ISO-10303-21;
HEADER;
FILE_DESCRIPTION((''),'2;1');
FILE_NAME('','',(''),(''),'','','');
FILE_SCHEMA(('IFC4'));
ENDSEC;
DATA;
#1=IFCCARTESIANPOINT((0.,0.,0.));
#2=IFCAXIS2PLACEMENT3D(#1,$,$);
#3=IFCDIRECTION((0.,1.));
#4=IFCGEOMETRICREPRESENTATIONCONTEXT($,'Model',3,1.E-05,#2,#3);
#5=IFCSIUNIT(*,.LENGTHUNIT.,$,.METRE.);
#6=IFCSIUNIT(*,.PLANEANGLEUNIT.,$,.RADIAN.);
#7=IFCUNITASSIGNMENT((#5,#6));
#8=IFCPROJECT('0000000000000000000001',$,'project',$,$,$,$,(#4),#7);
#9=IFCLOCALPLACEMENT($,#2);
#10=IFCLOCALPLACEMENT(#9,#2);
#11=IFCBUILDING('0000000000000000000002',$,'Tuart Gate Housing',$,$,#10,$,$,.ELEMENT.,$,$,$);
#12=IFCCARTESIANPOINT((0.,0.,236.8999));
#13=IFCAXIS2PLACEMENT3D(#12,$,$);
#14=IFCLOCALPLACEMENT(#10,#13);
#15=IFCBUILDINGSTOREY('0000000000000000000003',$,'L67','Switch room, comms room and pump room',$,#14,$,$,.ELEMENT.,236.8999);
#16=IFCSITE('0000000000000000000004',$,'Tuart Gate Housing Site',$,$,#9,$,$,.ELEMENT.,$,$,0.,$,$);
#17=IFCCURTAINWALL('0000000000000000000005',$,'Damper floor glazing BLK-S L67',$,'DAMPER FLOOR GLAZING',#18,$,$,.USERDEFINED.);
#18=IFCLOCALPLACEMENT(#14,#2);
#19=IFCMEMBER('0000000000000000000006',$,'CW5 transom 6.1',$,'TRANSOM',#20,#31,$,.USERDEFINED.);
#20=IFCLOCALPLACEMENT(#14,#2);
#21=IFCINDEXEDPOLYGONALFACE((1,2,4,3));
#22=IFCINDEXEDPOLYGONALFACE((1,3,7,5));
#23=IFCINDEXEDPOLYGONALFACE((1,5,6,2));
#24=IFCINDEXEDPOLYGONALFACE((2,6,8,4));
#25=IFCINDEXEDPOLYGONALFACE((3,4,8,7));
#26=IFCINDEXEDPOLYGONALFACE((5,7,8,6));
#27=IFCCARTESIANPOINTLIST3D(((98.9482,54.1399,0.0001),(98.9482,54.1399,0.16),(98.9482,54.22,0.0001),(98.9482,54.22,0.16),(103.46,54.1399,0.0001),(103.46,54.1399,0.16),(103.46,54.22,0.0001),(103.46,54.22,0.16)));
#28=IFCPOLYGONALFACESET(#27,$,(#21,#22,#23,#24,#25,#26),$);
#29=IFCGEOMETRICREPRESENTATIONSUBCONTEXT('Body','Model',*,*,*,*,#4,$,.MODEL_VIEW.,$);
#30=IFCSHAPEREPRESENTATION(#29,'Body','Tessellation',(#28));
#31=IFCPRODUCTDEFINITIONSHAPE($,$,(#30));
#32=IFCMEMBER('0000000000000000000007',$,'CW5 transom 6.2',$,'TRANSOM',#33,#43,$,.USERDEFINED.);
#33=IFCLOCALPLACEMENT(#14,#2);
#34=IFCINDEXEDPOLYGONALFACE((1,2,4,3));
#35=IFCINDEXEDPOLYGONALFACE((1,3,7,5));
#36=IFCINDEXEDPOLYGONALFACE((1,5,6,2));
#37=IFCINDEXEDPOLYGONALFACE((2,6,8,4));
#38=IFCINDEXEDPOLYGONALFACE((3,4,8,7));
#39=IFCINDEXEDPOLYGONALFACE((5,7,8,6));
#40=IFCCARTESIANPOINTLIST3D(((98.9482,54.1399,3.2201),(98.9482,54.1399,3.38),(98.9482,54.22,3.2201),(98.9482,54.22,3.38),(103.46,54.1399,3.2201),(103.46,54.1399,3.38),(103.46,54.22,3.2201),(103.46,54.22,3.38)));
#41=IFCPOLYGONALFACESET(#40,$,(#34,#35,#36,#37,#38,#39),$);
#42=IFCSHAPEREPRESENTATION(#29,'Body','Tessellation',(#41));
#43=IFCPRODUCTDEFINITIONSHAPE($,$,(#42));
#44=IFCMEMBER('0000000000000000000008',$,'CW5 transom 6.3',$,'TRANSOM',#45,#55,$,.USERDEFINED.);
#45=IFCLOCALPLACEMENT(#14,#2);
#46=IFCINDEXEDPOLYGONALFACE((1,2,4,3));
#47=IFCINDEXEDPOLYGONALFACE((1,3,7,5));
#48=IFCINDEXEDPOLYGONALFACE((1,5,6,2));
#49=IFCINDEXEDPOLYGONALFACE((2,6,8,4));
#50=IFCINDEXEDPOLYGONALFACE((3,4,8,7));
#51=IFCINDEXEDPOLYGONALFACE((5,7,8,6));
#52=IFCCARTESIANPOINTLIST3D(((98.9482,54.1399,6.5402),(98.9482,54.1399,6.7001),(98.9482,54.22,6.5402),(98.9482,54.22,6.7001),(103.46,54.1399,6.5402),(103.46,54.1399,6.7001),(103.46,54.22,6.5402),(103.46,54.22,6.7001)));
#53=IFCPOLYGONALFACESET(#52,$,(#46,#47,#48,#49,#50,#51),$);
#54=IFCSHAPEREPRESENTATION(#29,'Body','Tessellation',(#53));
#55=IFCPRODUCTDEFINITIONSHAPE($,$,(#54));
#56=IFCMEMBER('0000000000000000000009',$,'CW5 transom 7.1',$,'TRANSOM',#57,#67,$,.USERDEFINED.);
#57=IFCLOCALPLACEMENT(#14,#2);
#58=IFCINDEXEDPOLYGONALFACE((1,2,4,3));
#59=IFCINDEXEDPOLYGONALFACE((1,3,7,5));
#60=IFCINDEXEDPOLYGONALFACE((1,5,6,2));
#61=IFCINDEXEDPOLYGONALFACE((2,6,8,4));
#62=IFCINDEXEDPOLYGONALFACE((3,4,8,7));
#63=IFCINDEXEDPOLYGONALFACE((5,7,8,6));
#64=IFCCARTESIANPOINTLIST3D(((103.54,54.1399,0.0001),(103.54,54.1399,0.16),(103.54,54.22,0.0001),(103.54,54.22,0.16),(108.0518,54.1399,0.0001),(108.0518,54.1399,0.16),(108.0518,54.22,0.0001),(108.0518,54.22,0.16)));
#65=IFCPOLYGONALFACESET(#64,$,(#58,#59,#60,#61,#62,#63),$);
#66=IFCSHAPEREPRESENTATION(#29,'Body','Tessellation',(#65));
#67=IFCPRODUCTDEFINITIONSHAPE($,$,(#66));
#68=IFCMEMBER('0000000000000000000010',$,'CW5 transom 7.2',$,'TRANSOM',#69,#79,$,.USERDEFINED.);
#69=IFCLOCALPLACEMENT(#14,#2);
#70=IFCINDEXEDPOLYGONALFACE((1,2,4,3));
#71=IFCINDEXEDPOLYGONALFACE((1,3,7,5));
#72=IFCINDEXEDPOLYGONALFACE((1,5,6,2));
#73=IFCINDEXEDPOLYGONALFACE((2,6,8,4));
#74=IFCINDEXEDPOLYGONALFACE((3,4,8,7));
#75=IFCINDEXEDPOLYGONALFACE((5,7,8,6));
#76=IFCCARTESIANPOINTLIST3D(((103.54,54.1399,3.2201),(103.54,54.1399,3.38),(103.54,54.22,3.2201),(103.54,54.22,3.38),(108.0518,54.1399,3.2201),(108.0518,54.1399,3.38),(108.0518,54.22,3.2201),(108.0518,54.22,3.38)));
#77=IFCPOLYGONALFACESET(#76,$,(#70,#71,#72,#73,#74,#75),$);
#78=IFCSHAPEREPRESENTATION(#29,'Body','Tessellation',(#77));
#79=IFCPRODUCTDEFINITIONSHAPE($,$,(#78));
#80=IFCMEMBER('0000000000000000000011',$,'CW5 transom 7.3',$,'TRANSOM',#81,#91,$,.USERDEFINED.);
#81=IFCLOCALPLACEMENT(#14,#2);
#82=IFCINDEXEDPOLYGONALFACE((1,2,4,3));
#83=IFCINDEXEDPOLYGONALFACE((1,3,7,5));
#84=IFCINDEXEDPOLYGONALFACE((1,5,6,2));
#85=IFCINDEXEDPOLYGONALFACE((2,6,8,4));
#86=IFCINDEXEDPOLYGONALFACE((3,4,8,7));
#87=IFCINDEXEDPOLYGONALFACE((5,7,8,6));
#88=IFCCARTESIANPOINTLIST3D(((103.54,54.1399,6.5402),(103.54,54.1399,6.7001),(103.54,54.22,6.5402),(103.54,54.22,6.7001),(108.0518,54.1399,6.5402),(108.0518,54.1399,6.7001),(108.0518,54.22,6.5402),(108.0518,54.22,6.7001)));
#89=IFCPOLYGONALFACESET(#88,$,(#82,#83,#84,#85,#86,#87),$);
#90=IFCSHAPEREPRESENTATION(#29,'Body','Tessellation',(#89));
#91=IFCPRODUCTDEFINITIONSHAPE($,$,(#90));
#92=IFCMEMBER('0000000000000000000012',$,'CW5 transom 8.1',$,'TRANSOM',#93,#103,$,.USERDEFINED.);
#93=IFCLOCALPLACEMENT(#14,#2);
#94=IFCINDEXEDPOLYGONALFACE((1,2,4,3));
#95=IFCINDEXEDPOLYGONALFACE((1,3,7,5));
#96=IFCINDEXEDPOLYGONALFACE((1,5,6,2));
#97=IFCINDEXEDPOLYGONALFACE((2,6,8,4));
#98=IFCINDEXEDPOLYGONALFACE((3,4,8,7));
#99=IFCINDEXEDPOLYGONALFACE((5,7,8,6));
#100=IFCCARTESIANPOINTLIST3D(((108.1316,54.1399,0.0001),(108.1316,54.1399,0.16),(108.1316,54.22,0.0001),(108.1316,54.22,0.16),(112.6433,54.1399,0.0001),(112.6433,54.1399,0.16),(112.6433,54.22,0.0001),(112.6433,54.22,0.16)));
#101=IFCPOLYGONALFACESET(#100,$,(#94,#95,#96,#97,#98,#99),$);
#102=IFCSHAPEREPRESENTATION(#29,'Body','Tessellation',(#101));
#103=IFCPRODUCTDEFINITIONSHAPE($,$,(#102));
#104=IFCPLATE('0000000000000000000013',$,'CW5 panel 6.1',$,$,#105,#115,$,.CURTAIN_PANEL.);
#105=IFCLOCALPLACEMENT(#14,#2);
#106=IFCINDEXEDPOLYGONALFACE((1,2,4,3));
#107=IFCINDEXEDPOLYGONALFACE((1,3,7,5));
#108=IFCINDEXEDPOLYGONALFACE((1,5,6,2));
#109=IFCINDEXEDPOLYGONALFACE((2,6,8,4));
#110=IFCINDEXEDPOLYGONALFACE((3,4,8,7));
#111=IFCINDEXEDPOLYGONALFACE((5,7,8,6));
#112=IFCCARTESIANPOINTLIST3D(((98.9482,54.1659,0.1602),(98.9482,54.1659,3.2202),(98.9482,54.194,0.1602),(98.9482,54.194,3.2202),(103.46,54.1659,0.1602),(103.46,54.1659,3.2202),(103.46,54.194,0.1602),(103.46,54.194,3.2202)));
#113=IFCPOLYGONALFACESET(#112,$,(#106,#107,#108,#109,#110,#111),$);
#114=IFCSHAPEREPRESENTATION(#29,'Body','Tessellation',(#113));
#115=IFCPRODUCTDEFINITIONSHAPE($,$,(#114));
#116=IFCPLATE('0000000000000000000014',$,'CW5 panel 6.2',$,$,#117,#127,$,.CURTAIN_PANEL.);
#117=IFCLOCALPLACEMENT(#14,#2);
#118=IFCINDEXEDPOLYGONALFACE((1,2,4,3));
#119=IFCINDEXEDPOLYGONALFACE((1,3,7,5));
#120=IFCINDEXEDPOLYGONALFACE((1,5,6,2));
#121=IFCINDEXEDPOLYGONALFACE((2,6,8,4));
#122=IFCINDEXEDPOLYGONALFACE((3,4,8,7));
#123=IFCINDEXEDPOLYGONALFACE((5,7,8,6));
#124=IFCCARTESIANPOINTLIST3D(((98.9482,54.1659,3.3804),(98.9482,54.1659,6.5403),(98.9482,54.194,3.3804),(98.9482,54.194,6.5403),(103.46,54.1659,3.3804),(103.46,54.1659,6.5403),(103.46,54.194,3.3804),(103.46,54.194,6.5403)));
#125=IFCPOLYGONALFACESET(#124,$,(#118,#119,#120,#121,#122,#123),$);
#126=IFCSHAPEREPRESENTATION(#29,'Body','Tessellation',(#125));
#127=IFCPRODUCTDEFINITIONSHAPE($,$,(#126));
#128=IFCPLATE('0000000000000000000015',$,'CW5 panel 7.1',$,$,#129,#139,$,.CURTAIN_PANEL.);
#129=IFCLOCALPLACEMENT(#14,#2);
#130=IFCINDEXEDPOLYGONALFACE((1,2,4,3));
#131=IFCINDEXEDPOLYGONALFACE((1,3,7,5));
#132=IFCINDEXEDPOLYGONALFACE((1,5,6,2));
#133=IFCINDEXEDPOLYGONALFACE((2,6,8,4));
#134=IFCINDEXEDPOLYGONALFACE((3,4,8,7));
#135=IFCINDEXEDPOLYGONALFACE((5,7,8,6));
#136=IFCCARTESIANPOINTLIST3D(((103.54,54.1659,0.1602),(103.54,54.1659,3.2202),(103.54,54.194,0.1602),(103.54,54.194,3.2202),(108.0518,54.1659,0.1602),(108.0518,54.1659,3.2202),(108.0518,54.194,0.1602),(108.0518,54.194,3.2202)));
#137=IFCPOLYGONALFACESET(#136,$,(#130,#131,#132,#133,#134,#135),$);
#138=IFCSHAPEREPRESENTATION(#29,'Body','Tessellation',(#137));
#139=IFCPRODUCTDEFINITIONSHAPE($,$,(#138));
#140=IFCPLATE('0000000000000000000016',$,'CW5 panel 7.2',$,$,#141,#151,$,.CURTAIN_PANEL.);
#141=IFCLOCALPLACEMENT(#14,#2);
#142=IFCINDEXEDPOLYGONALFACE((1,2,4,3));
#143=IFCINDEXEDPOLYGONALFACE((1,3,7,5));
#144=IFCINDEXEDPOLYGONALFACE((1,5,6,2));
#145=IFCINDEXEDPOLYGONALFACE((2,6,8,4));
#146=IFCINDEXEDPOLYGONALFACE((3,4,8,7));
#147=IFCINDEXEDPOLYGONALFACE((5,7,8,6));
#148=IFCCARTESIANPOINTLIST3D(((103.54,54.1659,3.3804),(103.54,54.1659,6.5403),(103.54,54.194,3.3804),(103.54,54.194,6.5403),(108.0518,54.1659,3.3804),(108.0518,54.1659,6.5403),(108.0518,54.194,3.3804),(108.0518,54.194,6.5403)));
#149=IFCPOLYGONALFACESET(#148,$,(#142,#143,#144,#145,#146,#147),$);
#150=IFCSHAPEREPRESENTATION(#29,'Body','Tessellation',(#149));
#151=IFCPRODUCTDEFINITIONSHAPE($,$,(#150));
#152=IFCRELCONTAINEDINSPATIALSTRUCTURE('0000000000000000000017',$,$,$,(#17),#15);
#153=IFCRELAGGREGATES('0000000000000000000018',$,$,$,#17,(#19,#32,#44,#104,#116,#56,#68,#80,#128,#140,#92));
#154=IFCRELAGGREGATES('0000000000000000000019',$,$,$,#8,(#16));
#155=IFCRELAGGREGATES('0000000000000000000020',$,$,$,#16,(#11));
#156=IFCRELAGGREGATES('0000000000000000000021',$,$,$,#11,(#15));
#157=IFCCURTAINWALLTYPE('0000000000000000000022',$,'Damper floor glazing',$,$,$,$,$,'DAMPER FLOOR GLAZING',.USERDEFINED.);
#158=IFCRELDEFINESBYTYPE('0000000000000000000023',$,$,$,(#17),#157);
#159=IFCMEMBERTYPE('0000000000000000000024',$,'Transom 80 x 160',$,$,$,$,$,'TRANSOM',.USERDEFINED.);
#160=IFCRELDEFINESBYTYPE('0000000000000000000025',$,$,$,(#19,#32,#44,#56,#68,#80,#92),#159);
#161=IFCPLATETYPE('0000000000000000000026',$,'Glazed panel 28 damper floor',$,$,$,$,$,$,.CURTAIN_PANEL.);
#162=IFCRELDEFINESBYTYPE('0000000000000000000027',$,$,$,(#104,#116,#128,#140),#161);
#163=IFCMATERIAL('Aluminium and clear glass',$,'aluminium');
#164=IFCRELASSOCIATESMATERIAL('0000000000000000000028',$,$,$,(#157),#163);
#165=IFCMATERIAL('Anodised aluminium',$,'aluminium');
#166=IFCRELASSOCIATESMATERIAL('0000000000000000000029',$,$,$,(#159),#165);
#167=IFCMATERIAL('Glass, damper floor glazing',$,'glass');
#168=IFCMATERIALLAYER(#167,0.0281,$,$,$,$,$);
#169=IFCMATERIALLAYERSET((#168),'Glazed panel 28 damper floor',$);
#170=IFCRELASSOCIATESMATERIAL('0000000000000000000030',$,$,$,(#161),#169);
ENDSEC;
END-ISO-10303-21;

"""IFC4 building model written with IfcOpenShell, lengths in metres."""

from ifc_helpers import new_model, si_unit, direction, frame, origin, origin_2d, place, context, subcontext, project, spatial, rectangle, extrude, material, layer, layer_set, material_profile, profile_set, type_object, element, aggregate, save


model = new_model("IFC4")

# Units and contexts
model_context = context("Model", 3, precision=1e-05, world=origin(), true_north=direction((0.0, 1.0)))
body_context = subcontext(model_context, "Body", "Model", "MODEL_VIEW")
ifc_project = project(units=[si_unit("LENGTHUNIT", "METRE"), si_unit("PLANEANGLEUNIT", "RADIAN")], contexts=[model_context])

# Site, building, storey
site_placement = place(None, origin())
site = spatial("IfcSite", under=ifc_project, at=site_placement, Name="Tuart Gate Housing Site", CompositionType="ELEMENT", RefElevation=0.0)
building_placement = place(site_placement, origin())
building = spatial("IfcBuilding", under=site, at=building_placement, Name="Tuart Gate Housing", CompositionType="ELEMENT")
storey_placement = place(building_placement, frame((0.0, 0.0, 236.8999)))
storey = spatial("IfcBuildingStorey", under=building, at=storey_placement, Name="L67", Description="Switch room, comms room and pump room", CompositionType="ELEMENT", Elevation=236.8999)

# Curtain wall, members, plates
ifc_material_1 = material(Name="Aluminium and clear glass", Category="aluminium")
curtain_wall_type = type_object("IfcCurtainWallType", Name="Damper floor glazing", ElementType="DAMPER FLOOR GLAZING", PredefinedType="USERDEFINED", material=ifc_material_1)
curtain_wall_placement = place(storey_placement, origin())
curtain_wall = element("IfcCurtainWall", 1, at=curtain_wall_placement, inside=storey, type_object=curtain_wall_type, Name="Damper floor glazing BLK-S L67", ObjectType="DAMPER FLOOR GLAZING", PredefinedType="USERDEFINED")
ifc_material_2 = material(Name="Anodised aluminium", Category="aluminium")
ifc_material_profile_1 = material_profile(ifc_material_2, rectangle(XDim=0.0801, YDim=0.1599, at=origin_2d()), Name="80x160")
ifc_profile_set_1 = profile_set([ifc_material_profile_1], Name="Anodised aluminium")
member_type_1 = type_object("IfcMemberType", Name="Transom 80 x 160", ElementType="TRANSOM", PredefinedType="USERDEFINED", material=ifc_profile_set_1)
member_1_placement = place(storey_placement, frame((98.9482, 54.1799, 0.0801), z_axis=(1.0, 0.0, 0.0), x_axis=(0.0, 1.0, 0.0)))
member_1 = element("IfcMember", 2, at=member_1_placement, type_object=member_type_1, Name="CW5 transom 6.1", ObjectType="TRANSOM", PredefinedType="USERDEFINED", context=body_context, shape_type="SweptSolid", body=[
    extrude(rectangle(XDim=0.0801, YDim=0.1599, at=origin_2d()), origin(), (0.0, 0.0, 1.0), 4.5117),
])
member_2_placement = place(storey_placement, frame((98.9482, 54.1799, 3.3), z_axis=(1.0, 0.0, 0.0), x_axis=(0.0, 1.0, 0.0)))
member_2 = element("IfcMember", 3, at=member_2_placement, type_object=member_type_1, Name="CW5 transom 6.2", ObjectType="TRANSOM", PredefinedType="USERDEFINED", context=body_context, shape_type="SweptSolid", body=[
    extrude(rectangle(XDim=0.0801, YDim=0.1599, at=origin_2d()), origin(), (0.0, 0.0, 1.0), 4.5117),
])
member_3_placement = place(storey_placement, frame((98.9482, 54.1799, 6.6201), z_axis=(1.0, 0.0, 0.0), x_axis=(0.0, 1.0, 0.0)))
member_3 = element("IfcMember", 4, at=member_3_placement, type_object=member_type_1, Name="CW5 transom 6.3", ObjectType="TRANSOM", PredefinedType="USERDEFINED", context=body_context, shape_type="SweptSolid", body=[
    extrude(rectangle(XDim=0.0801, YDim=0.1599, at=origin_2d()), origin(), (0.0, 0.0, 1.0), 4.5117),
])
member_4_placement = place(storey_placement, frame((103.54, 54.1799, 0.0801), z_axis=(1.0, 0.0, 0.0), x_axis=(0.0, 1.0, 0.0)))
member_4 = element("IfcMember", 5, at=member_4_placement, type_object=member_type_1, Name="CW5 transom 7.1", ObjectType="TRANSOM", PredefinedType="USERDEFINED", context=body_context, shape_type="SweptSolid", body=[
    extrude(rectangle(XDim=0.0801, YDim=0.1599, at=origin_2d()), origin(), (0.0, 0.0, 1.0), 4.5117),
])
member_5_placement = place(storey_placement, frame((103.54, 54.1799, 3.3), z_axis=(1.0, 0.0, 0.0), x_axis=(0.0, 1.0, 0.0)))
member_5 = element("IfcMember", 6, at=member_5_placement, type_object=member_type_1, Name="CW5 transom 7.2", ObjectType="TRANSOM", PredefinedType="USERDEFINED", context=body_context, shape_type="SweptSolid", body=[
    extrude(rectangle(XDim=0.0801, YDim=0.1599, at=origin_2d()), origin(), (0.0, 0.0, 1.0), 4.5117),
])
member_6_placement = place(storey_placement, frame((103.54, 54.1799, 6.6201), z_axis=(1.0, 0.0, 0.0), x_axis=(0.0, 1.0, 0.0)))
member_6 = element("IfcMember", 7, at=member_6_placement, type_object=member_type_1, Name="CW5 transom 7.3", ObjectType="TRANSOM", PredefinedType="USERDEFINED", context=body_context, shape_type="SweptSolid", body=[
    extrude(rectangle(XDim=0.0801, YDim=0.1599, at=origin_2d()), origin(), (0.0, 0.0, 1.0), 4.5117),
])
member_7_placement = place(storey_placement, frame((108.1316, 54.1799, 0.0801), z_axis=(1.0, 0.0, 0.0), x_axis=(0.0, 1.0, 0.0)))
member_7 = element("IfcMember", 8, at=member_7_placement, type_object=member_type_1, Name="CW5 transom 8.1", ObjectType="TRANSOM", PredefinedType="USERDEFINED", context=body_context, shape_type="SweptSolid", body=[
    extrude(rectangle(XDim=0.0801, YDim=0.1599, at=origin_2d()), origin(), (0.0, 0.0, 1.0), 4.5117),
])
ifc_material_3 = material(Name="Glass, damper floor glazing", Category="glass")
ifc_layer = layer(ifc_material_3, 0.0281)
ifc_layer_set = layer_set([ifc_layer], Name="Glazed panel 28 damper floor")
plate_type = type_object("IfcPlateType", Name="Glazed panel 28 damper floor", PredefinedType="CURTAIN_PANEL", material=ifc_layer_set)
plate_1_placement = place(storey_placement, frame((101.2041, 54.1799, 0.1602), z_axis=(0.0, 0.0, 1.0), x_axis=(1.0, 0.0, 0.0)))
plate_1 = element("IfcPlate", 9, at=plate_1_placement, type_object=plate_type, Name="CW5 panel 6.1", PredefinedType="CURTAIN_PANEL", context=body_context, shape_type="SweptSolid", body=[
    extrude(rectangle(XDim=4.5117, YDim=0.0281, at=origin_2d()), origin(), (0.0, 0.0, 1.0), 3.0601),
])
plate_2_placement = place(storey_placement, frame((101.2041, 54.1799, 3.3804), z_axis=(0.0, 0.0, 1.0), x_axis=(1.0, 0.0, 0.0)))
plate_2 = element("IfcPlate", 10, at=plate_2_placement, type_object=plate_type, Name="CW5 panel 6.2", PredefinedType="CURTAIN_PANEL", context=body_context, shape_type="SweptSolid", body=[
    extrude(rectangle(XDim=4.5117, YDim=0.0281, at=origin_2d()), origin(), (0.0, 0.0, 1.0), 3.1599),
])
plate_3_placement = place(storey_placement, frame((105.7959, 54.1799, 0.1602), z_axis=(0.0, 0.0, 1.0), x_axis=(1.0, 0.0, 0.0)))
plate_3 = element("IfcPlate", 11, at=plate_3_placement, type_object=plate_type, Name="CW5 panel 7.1", PredefinedType="CURTAIN_PANEL", context=body_context, shape_type="SweptSolid", body=[
    extrude(rectangle(XDim=4.5117, YDim=0.0281, at=origin_2d()), origin(), (0.0, 0.0, 1.0), 3.0601),
])
plate_4_placement = place(storey_placement, frame((105.7959, 54.1799, 3.3804), z_axis=(0.0, 0.0, 1.0), x_axis=(1.0, 0.0, 0.0)))
plate_4 = element("IfcPlate", 12, at=plate_4_placement, type_object=plate_type, Name="CW5 panel 7.2", PredefinedType="CURTAIN_PANEL", context=body_context, shape_type="SweptSolid", body=[
    extrude(rectangle(XDim=4.5117, YDim=0.0281, at=origin_2d()), origin(), (0.0, 0.0, 1.0), 3.1599),
])
aggregate(curtain_wall, [member_1, member_2, member_3, plate_1, plate_2, member_4, member_5, member_6, plate_3, plate_4, member_7])

save(model, "model.ifc")
